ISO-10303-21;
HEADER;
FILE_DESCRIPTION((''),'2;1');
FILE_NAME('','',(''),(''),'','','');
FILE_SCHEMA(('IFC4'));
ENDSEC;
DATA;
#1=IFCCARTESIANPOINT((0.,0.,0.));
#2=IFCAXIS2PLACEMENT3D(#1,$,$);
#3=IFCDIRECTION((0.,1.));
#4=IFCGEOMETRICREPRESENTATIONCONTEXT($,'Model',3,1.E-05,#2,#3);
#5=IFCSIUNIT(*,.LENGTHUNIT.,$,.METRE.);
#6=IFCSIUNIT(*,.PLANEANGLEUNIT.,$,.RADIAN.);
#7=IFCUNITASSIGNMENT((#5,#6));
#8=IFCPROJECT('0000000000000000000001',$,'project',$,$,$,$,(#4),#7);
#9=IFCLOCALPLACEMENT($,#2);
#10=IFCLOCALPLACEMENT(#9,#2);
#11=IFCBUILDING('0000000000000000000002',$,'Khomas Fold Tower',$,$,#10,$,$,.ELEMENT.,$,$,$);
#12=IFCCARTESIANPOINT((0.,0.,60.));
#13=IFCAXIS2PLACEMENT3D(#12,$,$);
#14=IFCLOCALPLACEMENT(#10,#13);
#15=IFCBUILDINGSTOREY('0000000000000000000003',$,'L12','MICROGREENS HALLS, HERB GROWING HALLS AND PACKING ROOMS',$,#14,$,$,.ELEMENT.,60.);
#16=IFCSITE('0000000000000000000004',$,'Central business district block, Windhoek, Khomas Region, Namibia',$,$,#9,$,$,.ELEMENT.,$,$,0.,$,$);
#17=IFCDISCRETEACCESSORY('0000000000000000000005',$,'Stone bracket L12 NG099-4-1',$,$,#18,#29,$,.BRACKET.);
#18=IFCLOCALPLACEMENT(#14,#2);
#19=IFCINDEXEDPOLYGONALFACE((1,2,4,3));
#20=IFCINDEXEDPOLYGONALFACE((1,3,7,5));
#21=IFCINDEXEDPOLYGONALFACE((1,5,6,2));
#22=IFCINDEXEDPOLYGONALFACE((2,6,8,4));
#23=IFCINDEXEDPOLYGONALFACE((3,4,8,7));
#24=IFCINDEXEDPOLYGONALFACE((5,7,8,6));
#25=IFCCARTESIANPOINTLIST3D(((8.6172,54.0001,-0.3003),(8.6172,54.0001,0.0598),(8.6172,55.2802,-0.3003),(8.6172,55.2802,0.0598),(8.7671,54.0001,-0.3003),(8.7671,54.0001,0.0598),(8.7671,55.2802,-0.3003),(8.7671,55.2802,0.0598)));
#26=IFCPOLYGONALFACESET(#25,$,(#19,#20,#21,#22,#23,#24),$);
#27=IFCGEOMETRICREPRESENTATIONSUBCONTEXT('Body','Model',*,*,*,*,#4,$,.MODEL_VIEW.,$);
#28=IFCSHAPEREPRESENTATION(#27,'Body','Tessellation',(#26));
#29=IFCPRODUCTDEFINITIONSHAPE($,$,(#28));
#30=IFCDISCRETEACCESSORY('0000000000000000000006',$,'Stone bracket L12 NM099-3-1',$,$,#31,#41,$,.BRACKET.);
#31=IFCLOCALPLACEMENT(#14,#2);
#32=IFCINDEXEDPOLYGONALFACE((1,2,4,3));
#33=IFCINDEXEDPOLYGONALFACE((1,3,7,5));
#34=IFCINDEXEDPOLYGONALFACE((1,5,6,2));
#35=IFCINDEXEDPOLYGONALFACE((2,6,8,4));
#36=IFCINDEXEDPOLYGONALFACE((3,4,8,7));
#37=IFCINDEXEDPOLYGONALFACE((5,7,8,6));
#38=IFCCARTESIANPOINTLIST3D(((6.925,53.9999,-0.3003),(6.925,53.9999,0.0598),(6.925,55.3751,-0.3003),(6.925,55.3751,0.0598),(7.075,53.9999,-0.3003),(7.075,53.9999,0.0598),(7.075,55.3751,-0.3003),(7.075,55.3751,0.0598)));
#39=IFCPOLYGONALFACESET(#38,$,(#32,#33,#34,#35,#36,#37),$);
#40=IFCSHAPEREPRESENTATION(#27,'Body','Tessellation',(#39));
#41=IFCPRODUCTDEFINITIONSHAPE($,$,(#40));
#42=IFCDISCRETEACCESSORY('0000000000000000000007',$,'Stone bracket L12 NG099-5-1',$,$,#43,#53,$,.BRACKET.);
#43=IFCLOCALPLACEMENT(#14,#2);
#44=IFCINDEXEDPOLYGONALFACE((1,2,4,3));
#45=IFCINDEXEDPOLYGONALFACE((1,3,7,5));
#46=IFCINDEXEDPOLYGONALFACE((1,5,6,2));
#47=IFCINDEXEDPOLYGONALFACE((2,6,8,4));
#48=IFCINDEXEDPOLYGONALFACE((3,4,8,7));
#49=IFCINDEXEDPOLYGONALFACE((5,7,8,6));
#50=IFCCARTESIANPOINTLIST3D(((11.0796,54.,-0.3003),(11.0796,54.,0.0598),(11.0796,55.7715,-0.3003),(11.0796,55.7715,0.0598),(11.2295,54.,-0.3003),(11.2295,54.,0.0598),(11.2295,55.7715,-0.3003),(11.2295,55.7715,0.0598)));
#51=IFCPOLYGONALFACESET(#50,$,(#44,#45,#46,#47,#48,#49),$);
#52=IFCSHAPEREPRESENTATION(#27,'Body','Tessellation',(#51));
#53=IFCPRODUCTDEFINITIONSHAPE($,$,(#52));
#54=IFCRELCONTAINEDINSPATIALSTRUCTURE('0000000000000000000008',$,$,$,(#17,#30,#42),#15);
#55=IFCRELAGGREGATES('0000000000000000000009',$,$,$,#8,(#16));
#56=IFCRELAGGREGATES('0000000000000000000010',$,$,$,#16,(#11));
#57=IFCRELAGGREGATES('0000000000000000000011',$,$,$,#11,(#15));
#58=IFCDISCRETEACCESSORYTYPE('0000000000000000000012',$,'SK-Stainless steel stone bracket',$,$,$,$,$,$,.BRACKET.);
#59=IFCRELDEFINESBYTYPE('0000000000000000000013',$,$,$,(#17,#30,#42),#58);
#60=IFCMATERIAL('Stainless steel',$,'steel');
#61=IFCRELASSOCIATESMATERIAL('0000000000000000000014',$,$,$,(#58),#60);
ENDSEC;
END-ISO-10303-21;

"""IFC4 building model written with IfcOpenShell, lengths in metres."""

from ifc_helpers import new_model, si_unit, direction, frame, origin, origin_2d, place, context, subcontext, project, spatial, rectangle, extrude, source, transform, mapped, material, type_object, element, save


model = new_model("IFC4")

# Units and contexts
model_context = context("Model", 3, precision=1e-05, world=origin(), true_north=direction((0.0, 1.0)))
body_context = subcontext(model_context, "Body", "Model", "MODEL_VIEW")
ifc_project = project(units=[si_unit("LENGTHUNIT", "METRE"), si_unit("PLANEANGLEUNIT", "RADIAN")], contexts=[model_context])

# Site, building, storey
site_placement = place(None, origin())
site = spatial("IfcSite", under=ifc_project, at=site_placement, Name="Central business district block, Windhoek, Khomas Region, Namibia", CompositionType="ELEMENT", RefElevation=0.0)
building_placement = place(site_placement, origin())
building = spatial("IfcBuilding", under=site, at=building_placement, Name="Khomas Fold Tower", CompositionType="ELEMENT")
storey_placement = place(building_placement, frame((0.0, 0.0, 60.0)))
storey = spatial("IfcBuildingStorey", under=building, at=storey_placement, Name="L12", Description="MICROGREENS HALLS, HERB GROWING HALLS AND PACKING ROOMS", CompositionType="ELEMENT", Elevation=60.0)

# Discrete accessories
ifc_material_1 = material(Name="Stainless steel", Category="steel")
discrete_accessory_type = type_object("IfcDiscreteAccessoryType", Name="SK-Stainless steel stone bracket", PredefinedType="BRACKET", material=ifc_material_1)
shared_shape_1 = source(origin(), body_context, "Body", "SweptSolid", [
    extrude(rectangle(XDim=1.28, YDim=0.1499, at=origin_2d()), origin(), (0.0, 0.0, 1.0), 0.3601),
])
for number, where, z_axis, x_axis, name in (
    (1, (8.6921, 54.6401, -0.3003), (0.0, 0.0, 1.0), (0.0, 1.0, 0.0), "Stone bracket L12 NG099-4-1"),
):
    element("IfcDiscreteAccessory", number, at=place(storey_placement, frame(where, z_axis=z_axis, x_axis=x_axis)), inside=storey, type_object=discrete_accessory_type, Name=name, PredefinedType="BRACKET", context=body_context, shape_type="MappedRepresentation", body=[
        mapped(shared_shape_1, transform((0.0, 0.0, 0.0))),
    ])
shared_shape_2 = source(origin(), body_context, "Body", "SweptSolid", [
    extrude(rectangle(XDim=1.3752, YDim=0.1499, at=origin_2d()), origin(), (0.0, 0.0, 1.0), 0.3601),
])
discrete_accessory_1_placement = place(storey_placement, frame((7.0, 54.6875, -0.3003), z_axis=(0.0, 0.0, 1.0), x_axis=(0.0, 1.0, 0.0)))
element("IfcDiscreteAccessory", 2, at=discrete_accessory_1_placement, inside=storey, type_object=discrete_accessory_type, Name="Stone bracket L12 NM099-3-1", PredefinedType="BRACKET", context=body_context, shape_type="MappedRepresentation", body=[
    mapped(shared_shape_2, transform((0.0, 0.0, 0.0))),
])
shared_shape_3 = source(origin(), body_context, "Body", "SweptSolid", [
    extrude(rectangle(XDim=1.7715, YDim=0.1499, at=origin_2d()), origin(), (0.0, 0.0, 1.0), 0.3601),
])
discrete_accessory_2_placement = place(storey_placement, frame((11.1545, 54.8857, -0.3003), z_axis=(0.0, 0.0, 1.0), x_axis=(0.0, 1.0, 0.0)))
element("IfcDiscreteAccessory", 3, at=discrete_accessory_2_placement, inside=storey, type_object=discrete_accessory_type, Name="Stone bracket L12 NG099-5-1", PredefinedType="BRACKET", context=body_context, shape_type="MappedRepresentation", body=[
    mapped(shared_shape_3, transform((0.0, 0.0, 0.0))),
])

save(model, "model.ifc")
